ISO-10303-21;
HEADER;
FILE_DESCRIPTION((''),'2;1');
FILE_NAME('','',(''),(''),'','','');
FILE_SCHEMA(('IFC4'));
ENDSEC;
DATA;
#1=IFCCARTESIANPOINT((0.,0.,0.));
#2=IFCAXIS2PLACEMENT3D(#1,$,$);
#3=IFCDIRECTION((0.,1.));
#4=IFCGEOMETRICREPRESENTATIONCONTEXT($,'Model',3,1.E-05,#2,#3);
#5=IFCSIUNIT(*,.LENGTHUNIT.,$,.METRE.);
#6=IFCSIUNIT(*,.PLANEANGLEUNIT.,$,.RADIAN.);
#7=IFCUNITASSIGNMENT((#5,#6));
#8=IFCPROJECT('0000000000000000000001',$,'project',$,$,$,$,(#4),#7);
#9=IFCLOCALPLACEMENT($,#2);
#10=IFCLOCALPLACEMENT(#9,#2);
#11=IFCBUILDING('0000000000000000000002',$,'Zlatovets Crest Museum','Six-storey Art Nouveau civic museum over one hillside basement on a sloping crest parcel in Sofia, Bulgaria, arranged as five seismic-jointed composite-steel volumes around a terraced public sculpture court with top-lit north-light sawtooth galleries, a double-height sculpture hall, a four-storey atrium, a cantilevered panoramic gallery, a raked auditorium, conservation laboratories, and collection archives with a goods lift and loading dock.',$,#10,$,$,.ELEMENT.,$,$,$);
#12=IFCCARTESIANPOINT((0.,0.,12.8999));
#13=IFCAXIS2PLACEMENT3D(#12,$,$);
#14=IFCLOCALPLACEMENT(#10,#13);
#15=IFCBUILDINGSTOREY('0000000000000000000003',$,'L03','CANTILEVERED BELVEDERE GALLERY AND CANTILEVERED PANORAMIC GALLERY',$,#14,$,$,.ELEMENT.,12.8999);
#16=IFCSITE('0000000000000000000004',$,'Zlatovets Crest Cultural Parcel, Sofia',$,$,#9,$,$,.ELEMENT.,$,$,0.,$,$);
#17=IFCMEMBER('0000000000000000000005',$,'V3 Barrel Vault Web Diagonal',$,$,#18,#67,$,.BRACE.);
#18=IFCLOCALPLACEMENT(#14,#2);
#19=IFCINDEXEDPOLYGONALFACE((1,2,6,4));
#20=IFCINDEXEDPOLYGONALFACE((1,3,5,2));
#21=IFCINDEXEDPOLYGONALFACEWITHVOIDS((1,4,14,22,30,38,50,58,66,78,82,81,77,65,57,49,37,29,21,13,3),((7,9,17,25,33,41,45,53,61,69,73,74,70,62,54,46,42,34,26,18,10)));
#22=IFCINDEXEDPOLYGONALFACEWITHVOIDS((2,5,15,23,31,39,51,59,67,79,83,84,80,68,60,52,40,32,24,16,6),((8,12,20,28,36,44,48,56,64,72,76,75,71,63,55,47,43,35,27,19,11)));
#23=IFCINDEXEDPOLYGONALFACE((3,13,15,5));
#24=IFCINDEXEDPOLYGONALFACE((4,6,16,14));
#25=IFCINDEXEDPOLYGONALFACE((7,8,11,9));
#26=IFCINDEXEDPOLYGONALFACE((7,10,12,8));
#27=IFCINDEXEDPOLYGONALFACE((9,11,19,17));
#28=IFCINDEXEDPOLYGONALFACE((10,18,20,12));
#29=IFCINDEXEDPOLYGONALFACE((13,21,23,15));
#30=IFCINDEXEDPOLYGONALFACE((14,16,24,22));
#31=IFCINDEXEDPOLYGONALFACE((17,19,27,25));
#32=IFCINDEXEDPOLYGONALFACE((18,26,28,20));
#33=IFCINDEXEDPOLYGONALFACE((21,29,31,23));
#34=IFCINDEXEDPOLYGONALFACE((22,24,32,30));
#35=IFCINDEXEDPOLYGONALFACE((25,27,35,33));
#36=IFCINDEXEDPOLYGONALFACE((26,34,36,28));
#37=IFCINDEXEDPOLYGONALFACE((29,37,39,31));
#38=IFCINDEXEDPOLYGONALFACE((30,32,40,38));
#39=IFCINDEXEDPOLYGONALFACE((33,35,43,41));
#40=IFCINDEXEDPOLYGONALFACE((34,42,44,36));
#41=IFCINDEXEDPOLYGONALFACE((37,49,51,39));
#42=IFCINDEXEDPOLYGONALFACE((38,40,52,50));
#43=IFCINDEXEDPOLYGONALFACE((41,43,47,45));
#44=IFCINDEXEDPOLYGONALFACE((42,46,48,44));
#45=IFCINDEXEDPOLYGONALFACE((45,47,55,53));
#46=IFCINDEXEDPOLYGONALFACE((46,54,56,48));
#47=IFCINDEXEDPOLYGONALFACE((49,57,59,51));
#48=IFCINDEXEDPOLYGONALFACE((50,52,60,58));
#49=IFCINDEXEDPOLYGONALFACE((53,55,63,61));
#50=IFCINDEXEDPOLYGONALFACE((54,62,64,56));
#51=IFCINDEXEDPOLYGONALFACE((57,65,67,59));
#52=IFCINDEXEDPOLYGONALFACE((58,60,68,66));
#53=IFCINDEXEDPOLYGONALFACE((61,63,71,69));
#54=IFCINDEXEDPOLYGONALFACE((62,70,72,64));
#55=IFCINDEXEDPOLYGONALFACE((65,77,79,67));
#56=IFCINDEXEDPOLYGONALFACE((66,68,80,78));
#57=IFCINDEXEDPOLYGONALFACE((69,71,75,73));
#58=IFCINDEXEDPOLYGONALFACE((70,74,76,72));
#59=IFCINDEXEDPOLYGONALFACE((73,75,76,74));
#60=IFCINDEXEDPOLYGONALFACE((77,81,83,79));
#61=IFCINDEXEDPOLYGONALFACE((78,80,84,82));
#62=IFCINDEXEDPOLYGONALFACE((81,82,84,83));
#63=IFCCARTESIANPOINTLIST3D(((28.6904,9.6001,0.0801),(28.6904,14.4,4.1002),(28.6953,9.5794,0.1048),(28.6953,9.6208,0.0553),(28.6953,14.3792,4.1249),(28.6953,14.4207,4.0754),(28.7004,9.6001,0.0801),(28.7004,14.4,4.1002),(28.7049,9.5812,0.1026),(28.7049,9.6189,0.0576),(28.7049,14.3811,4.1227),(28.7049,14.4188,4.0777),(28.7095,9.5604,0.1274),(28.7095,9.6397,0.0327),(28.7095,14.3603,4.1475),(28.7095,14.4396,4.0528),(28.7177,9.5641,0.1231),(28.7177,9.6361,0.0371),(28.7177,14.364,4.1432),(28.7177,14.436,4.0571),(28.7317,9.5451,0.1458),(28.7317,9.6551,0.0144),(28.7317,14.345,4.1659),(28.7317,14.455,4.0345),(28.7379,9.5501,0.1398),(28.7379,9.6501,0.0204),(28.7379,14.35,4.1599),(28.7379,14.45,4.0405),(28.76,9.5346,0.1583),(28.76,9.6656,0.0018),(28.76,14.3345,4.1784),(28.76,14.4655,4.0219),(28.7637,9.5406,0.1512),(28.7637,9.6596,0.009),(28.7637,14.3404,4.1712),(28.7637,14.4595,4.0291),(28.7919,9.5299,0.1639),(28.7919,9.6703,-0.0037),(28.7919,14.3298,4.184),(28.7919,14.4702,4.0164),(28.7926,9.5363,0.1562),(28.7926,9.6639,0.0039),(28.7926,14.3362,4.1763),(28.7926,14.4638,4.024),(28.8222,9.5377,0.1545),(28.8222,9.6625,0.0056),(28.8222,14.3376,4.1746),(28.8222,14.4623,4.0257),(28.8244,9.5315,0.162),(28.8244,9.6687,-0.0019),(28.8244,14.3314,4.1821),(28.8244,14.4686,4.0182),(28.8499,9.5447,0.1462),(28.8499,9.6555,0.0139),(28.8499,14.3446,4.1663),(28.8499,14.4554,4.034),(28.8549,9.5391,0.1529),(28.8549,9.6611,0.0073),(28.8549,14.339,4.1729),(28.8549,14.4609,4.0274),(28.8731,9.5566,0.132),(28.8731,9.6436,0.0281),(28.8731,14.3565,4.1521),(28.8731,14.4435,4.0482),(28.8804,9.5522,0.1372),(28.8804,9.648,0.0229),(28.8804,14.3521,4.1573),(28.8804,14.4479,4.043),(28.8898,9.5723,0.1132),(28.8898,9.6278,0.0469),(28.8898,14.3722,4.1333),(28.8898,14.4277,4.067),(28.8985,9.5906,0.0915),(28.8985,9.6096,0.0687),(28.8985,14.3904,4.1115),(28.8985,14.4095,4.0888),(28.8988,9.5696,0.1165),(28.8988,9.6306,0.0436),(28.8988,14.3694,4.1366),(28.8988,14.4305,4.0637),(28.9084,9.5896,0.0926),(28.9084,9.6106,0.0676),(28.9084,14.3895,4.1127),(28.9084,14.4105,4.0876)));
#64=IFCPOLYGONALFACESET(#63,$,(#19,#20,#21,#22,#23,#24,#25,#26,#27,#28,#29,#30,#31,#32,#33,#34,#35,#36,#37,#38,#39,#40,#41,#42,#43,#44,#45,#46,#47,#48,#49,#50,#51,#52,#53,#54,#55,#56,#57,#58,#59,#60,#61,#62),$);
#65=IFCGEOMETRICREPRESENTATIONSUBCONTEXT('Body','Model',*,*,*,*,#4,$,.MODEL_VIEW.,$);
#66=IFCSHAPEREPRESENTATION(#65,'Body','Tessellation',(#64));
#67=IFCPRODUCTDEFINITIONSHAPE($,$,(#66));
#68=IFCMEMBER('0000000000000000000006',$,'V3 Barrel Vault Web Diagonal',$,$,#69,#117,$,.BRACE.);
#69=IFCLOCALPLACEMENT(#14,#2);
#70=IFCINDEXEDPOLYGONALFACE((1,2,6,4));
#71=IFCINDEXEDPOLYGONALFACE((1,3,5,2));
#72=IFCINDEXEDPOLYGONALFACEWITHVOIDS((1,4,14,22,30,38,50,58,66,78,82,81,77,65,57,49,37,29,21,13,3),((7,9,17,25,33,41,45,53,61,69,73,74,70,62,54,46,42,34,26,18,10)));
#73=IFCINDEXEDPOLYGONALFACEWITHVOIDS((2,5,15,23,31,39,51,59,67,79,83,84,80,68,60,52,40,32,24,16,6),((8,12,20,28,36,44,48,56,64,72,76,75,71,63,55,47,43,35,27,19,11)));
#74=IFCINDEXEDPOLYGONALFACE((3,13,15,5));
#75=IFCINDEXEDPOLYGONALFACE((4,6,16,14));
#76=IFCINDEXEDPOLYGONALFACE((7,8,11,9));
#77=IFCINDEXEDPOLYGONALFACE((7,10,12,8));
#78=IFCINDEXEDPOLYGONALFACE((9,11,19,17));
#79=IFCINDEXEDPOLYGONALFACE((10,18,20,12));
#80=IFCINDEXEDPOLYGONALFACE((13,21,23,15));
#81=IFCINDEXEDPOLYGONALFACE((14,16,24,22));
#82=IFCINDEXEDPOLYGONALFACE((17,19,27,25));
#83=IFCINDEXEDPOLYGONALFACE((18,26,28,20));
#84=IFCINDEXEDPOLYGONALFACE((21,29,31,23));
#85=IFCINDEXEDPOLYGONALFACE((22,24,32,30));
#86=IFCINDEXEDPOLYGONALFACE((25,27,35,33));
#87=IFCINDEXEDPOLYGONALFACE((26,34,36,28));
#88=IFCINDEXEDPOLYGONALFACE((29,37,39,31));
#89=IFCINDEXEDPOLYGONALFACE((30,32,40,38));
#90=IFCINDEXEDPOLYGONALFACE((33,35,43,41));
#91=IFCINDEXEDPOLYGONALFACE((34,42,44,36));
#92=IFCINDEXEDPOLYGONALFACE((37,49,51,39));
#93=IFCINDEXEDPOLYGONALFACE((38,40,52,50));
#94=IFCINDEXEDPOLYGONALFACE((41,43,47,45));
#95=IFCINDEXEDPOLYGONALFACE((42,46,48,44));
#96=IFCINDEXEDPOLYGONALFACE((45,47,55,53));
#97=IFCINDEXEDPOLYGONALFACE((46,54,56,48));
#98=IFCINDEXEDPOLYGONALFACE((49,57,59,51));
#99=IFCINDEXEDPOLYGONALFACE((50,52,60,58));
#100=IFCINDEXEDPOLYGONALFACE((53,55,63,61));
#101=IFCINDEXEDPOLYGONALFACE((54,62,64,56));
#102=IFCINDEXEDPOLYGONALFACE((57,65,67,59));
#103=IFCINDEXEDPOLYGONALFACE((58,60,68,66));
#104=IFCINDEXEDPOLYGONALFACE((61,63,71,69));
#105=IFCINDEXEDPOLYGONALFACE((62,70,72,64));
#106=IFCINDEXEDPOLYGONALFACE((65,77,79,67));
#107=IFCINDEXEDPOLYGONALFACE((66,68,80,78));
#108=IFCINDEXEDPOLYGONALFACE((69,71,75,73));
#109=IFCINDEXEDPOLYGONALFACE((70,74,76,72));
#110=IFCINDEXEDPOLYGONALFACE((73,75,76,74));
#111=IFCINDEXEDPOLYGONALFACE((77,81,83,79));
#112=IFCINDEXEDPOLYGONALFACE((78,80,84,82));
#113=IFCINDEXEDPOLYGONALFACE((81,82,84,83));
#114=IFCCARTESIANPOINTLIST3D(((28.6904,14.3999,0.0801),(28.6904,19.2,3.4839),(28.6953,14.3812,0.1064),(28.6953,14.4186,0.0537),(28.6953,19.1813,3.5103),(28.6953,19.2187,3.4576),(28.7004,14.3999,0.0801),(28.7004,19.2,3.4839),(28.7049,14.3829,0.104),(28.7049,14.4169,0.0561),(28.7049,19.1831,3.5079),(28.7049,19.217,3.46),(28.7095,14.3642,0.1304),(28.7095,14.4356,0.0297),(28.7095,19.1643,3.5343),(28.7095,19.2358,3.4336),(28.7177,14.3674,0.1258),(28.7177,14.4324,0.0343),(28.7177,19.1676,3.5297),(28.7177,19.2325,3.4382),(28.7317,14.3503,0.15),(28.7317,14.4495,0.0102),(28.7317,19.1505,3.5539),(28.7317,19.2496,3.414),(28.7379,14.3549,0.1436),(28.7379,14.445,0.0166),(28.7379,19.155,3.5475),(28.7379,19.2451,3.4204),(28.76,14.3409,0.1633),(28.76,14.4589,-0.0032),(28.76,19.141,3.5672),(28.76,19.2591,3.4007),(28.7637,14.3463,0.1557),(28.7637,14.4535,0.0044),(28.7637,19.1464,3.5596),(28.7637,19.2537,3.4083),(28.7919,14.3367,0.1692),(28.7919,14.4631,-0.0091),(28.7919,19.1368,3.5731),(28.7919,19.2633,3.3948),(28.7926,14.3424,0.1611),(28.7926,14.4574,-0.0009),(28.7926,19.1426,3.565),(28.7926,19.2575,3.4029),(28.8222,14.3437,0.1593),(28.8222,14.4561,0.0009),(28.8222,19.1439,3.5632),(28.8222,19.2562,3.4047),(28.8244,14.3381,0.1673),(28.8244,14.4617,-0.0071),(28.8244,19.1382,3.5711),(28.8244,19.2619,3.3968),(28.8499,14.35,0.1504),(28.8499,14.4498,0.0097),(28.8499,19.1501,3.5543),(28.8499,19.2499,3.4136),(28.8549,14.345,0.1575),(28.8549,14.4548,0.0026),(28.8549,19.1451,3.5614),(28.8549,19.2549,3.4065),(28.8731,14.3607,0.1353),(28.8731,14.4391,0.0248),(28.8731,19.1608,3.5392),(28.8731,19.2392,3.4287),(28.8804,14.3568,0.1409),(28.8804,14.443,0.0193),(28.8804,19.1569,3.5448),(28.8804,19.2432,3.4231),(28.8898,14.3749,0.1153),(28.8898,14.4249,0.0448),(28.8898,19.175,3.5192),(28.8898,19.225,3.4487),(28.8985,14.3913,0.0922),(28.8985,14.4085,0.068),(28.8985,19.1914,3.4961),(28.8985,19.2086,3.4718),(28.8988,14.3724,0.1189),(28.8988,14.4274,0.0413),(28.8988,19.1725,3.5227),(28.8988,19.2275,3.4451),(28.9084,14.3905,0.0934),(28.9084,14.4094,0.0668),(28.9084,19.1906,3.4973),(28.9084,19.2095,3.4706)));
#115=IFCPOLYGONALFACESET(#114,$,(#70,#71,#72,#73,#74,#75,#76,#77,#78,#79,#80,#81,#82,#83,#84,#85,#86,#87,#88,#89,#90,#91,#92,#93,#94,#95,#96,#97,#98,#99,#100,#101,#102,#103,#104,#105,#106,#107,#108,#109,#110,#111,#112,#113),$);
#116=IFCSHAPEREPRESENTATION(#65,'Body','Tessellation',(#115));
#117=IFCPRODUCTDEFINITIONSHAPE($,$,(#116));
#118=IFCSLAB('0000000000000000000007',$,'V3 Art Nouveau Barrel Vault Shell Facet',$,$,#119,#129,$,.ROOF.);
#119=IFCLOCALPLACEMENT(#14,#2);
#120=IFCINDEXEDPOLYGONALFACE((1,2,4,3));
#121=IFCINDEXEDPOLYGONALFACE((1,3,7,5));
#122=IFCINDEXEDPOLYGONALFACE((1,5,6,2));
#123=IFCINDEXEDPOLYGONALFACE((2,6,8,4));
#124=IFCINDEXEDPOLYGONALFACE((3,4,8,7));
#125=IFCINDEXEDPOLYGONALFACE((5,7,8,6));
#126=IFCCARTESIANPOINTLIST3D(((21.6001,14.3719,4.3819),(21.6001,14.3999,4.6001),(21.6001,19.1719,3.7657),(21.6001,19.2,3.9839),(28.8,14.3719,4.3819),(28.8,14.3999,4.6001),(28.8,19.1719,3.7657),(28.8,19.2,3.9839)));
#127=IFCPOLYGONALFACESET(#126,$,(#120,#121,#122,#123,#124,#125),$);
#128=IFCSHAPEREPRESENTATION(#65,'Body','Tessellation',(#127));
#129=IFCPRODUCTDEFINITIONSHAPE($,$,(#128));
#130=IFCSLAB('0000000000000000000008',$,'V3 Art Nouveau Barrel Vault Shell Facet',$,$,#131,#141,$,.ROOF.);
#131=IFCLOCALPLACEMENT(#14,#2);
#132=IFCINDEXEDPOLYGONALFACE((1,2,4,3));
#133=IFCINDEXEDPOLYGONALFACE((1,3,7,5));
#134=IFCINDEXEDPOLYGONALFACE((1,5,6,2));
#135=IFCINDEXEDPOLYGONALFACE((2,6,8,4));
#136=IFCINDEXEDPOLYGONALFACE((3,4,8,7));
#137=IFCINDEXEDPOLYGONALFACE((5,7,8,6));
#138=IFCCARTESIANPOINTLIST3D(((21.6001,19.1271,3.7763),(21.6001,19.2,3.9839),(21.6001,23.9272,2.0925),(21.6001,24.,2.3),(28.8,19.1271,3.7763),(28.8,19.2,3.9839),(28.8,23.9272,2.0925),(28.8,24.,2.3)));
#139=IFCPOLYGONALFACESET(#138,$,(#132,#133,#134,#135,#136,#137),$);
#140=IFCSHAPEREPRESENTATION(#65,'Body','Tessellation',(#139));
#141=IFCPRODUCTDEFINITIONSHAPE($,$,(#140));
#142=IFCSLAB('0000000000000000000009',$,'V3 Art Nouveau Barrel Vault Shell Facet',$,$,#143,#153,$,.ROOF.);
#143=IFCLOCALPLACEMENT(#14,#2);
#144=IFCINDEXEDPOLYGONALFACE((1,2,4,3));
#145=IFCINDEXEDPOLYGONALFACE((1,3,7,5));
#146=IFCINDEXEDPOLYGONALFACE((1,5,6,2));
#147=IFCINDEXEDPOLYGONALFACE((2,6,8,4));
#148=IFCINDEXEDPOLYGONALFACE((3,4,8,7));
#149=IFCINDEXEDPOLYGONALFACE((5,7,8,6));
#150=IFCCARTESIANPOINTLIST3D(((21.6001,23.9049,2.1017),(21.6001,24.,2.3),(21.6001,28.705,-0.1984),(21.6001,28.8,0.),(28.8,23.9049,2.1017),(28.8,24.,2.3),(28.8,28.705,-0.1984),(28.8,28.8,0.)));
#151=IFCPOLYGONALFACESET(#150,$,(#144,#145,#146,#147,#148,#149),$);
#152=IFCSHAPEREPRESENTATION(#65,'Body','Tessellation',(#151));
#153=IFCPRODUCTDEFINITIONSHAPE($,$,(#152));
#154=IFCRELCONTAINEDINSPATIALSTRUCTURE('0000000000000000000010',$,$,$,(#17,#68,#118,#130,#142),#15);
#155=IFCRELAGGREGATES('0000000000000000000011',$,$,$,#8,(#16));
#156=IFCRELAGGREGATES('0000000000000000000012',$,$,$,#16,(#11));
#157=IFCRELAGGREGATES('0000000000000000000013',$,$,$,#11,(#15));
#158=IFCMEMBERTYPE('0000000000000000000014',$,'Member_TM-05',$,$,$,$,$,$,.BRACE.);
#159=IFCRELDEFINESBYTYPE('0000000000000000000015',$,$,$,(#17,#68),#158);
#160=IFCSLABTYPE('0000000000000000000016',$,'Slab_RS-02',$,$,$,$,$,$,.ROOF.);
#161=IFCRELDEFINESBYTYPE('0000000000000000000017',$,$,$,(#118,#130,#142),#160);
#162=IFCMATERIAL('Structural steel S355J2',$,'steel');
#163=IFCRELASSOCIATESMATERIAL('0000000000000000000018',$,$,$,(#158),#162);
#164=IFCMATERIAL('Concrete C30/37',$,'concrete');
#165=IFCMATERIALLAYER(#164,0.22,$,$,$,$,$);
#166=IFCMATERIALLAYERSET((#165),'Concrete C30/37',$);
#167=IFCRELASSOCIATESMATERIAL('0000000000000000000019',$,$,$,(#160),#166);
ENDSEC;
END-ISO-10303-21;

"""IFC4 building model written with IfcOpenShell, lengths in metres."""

from ifc_helpers import new_model, si_unit, direction, frame, origin, origin_2d, place, context, subcontext, project, spatial, polyline, hollow_circle, outline, extrude, material, layer, layer_set, material_profile, profile_set, type_object, element, save


model = new_model("IFC4")

# Units and contexts
model_context = context("Model", 3, precision=1e-05, world=origin(), true_north=direction((0.0, 1.0)))
body_context = subcontext(model_context, "Body", "Model", "MODEL_VIEW")
ifc_project = project(units=[si_unit("LENGTHUNIT", "METRE"), si_unit("PLANEANGLEUNIT", "RADIAN")], contexts=[model_context])

# Site, building, storey
site_placement = place(None, origin())
site = spatial("IfcSite", under=ifc_project, at=site_placement, Name="Zlatovets Crest Cultural Parcel, Sofia", CompositionType="ELEMENT", RefElevation=0.0)
building_placement = place(site_placement, origin())
building = spatial("IfcBuilding", under=site, at=building_placement, Name="Zlatovets Crest Museum", Description="Six-storey Art Nouveau civic museum over one hillside basement on a sloping crest parcel in Sofia, Bulgaria, arranged as five seismic-jointed composite-steel volumes around a terraced public sculpture court with top-lit north-light sawtooth galleries, a double-height sculpture hall, a four-storey atrium, a cantilevered panoramic gallery, a raked auditorium, conservation laboratories, and collection archives with a goods lift and loading dock.", CompositionType="ELEMENT")
storey_placement = place(building_placement, frame((0.0, 0.0, 12.8999)))
storey = spatial("IfcBuildingStorey", under=building, at=storey_placement, Name="L03", Description="CANTILEVERED BELVEDERE GALLERY AND CANTILEVERED PANORAMIC GALLERY", CompositionType="ELEMENT", Elevation=12.8999)

# Shared definitions
ifc_material_1 = material(Name="Structural steel S355J2", Category="steel")

# Members
ifc_material_profile_1 = material_profile(ifc_material_1, hollow_circle(Radius=0.1096, WallThickness=0.01, at=origin_2d()), Name="CHS 219.1x10.0")
ifc_profile_set_1 = profile_set([ifc_material_profile_1], Name="Structural steel S355J2")
member_type_1 = type_object("IfcMemberType", Name="Member_TM-05", PredefinedType="BRACE", material=ifc_profile_set_1)
member_1_placement = place(storey_placement, frame((28.8, 9.6001, 0.0801), z_axis=(0.0, 0.766634, 0.642085), x_axis=(-1.0, 0.0, 0.0)))
element("IfcMember", 1, at=member_1_placement, inside=storey, type_object=member_type_1, Name="V3 Barrel Vault Web Diagonal", PredefinedType="BRACE", context=body_context, shape_type="SweptSolid", body=[
    extrude(hollow_circle(Radius=0.1096, WallThickness=0.01, at=origin_2d()), origin(), (0.0, 0.0, 1.0), 6.261),
])
member_2_placement = place(storey_placement, frame((28.8, 14.3999, 0.0801), z_axis=(0.0, 0.815722, 0.578444), x_axis=(-1.0, 0.0, 0.0)))
element("IfcMember", 2, at=member_2_placement, inside=storey, type_object=member_type_1, Name="V3 Barrel Vault Web Diagonal", PredefinedType="BRACE", context=body_context, shape_type="SweptSolid", body=[
    extrude(hollow_circle(Radius=0.1096, WallThickness=0.01, at=origin_2d()), origin(), (0.0, 0.0, 1.0), 5.8845),
])

# Slabs
ifc_material_2 = material(Name="Concrete C30/37", Category="concrete")
ifc_layer = layer(ifc_material_2, 0.22)
ifc_layer_set = layer_set([ifc_layer], Name="Concrete C30/37")
slab_type = type_object("IfcSlabType", Name="Slab_RS-02", PredefinedType="ROOF", material=ifc_layer_set)
slab_1_placement = place(storey_placement, frame((21.6001, 14.3999, 4.6001), z_axis=(0.0, 0.127331, 0.99186), x_axis=(1.0, 0.0, 0.0)))
element("IfcSlab", 3, at=slab_1_placement, inside=storey, type_object=slab_type, Name="V3 Art Nouveau Barrel Vault Shell Facet", PredefinedType="ROOF", context=body_context, shape_type="SweptSolid", body=[
    extrude(outline(polyline([(0.0, 0.0), (7.2, 0.0), (7.2, 4.8394), (0.0, 4.8394), (0.0, 0.0)])), origin(), (0.0, 0.0, -1.0), 0.22),
])
slab_2_placement = place(storey_placement, frame((21.6001, 19.2, 3.9839), z_axis=(0.0, 0.331019, 0.943624), x_axis=(1.0, 0.0, 0.0)))
element("IfcSlab", 4, at=slab_2_placement, inside=storey, type_object=slab_type, Name="V3 Art Nouveau Barrel Vault Shell Facet", PredefinedType="ROOF", context=body_context, shape_type="SweptSolid", body=[
    extrude(outline(polyline([(0.0, 0.0), (7.2, 0.0), (7.2, 5.0868), (0.0, 5.0868), (0.0, 0.0)])), origin(), (0.0, 0.0, -1.0), 0.22),
])
slab_3_placement = place(storey_placement, frame((21.6001, 24.0, 2.3), z_axis=(0.0, 0.432124, 0.901814), x_axis=(1.0, 0.0, 0.0)))
element("IfcSlab", 5, at=slab_3_placement, inside=storey, type_object=slab_type, Name="V3 Art Nouveau Barrel Vault Shell Facet", PredefinedType="ROOF", context=body_context, shape_type="SweptSolid", body=[
    extrude(outline(polyline([(0.0, 0.0), (7.2, 0.0), (7.2, 5.3227), (0.0, 5.3227), (0.0, 0.0)])), origin(), (0.0, 0.0, -1.0), 0.22),
])

save(model, "model.ifc")
